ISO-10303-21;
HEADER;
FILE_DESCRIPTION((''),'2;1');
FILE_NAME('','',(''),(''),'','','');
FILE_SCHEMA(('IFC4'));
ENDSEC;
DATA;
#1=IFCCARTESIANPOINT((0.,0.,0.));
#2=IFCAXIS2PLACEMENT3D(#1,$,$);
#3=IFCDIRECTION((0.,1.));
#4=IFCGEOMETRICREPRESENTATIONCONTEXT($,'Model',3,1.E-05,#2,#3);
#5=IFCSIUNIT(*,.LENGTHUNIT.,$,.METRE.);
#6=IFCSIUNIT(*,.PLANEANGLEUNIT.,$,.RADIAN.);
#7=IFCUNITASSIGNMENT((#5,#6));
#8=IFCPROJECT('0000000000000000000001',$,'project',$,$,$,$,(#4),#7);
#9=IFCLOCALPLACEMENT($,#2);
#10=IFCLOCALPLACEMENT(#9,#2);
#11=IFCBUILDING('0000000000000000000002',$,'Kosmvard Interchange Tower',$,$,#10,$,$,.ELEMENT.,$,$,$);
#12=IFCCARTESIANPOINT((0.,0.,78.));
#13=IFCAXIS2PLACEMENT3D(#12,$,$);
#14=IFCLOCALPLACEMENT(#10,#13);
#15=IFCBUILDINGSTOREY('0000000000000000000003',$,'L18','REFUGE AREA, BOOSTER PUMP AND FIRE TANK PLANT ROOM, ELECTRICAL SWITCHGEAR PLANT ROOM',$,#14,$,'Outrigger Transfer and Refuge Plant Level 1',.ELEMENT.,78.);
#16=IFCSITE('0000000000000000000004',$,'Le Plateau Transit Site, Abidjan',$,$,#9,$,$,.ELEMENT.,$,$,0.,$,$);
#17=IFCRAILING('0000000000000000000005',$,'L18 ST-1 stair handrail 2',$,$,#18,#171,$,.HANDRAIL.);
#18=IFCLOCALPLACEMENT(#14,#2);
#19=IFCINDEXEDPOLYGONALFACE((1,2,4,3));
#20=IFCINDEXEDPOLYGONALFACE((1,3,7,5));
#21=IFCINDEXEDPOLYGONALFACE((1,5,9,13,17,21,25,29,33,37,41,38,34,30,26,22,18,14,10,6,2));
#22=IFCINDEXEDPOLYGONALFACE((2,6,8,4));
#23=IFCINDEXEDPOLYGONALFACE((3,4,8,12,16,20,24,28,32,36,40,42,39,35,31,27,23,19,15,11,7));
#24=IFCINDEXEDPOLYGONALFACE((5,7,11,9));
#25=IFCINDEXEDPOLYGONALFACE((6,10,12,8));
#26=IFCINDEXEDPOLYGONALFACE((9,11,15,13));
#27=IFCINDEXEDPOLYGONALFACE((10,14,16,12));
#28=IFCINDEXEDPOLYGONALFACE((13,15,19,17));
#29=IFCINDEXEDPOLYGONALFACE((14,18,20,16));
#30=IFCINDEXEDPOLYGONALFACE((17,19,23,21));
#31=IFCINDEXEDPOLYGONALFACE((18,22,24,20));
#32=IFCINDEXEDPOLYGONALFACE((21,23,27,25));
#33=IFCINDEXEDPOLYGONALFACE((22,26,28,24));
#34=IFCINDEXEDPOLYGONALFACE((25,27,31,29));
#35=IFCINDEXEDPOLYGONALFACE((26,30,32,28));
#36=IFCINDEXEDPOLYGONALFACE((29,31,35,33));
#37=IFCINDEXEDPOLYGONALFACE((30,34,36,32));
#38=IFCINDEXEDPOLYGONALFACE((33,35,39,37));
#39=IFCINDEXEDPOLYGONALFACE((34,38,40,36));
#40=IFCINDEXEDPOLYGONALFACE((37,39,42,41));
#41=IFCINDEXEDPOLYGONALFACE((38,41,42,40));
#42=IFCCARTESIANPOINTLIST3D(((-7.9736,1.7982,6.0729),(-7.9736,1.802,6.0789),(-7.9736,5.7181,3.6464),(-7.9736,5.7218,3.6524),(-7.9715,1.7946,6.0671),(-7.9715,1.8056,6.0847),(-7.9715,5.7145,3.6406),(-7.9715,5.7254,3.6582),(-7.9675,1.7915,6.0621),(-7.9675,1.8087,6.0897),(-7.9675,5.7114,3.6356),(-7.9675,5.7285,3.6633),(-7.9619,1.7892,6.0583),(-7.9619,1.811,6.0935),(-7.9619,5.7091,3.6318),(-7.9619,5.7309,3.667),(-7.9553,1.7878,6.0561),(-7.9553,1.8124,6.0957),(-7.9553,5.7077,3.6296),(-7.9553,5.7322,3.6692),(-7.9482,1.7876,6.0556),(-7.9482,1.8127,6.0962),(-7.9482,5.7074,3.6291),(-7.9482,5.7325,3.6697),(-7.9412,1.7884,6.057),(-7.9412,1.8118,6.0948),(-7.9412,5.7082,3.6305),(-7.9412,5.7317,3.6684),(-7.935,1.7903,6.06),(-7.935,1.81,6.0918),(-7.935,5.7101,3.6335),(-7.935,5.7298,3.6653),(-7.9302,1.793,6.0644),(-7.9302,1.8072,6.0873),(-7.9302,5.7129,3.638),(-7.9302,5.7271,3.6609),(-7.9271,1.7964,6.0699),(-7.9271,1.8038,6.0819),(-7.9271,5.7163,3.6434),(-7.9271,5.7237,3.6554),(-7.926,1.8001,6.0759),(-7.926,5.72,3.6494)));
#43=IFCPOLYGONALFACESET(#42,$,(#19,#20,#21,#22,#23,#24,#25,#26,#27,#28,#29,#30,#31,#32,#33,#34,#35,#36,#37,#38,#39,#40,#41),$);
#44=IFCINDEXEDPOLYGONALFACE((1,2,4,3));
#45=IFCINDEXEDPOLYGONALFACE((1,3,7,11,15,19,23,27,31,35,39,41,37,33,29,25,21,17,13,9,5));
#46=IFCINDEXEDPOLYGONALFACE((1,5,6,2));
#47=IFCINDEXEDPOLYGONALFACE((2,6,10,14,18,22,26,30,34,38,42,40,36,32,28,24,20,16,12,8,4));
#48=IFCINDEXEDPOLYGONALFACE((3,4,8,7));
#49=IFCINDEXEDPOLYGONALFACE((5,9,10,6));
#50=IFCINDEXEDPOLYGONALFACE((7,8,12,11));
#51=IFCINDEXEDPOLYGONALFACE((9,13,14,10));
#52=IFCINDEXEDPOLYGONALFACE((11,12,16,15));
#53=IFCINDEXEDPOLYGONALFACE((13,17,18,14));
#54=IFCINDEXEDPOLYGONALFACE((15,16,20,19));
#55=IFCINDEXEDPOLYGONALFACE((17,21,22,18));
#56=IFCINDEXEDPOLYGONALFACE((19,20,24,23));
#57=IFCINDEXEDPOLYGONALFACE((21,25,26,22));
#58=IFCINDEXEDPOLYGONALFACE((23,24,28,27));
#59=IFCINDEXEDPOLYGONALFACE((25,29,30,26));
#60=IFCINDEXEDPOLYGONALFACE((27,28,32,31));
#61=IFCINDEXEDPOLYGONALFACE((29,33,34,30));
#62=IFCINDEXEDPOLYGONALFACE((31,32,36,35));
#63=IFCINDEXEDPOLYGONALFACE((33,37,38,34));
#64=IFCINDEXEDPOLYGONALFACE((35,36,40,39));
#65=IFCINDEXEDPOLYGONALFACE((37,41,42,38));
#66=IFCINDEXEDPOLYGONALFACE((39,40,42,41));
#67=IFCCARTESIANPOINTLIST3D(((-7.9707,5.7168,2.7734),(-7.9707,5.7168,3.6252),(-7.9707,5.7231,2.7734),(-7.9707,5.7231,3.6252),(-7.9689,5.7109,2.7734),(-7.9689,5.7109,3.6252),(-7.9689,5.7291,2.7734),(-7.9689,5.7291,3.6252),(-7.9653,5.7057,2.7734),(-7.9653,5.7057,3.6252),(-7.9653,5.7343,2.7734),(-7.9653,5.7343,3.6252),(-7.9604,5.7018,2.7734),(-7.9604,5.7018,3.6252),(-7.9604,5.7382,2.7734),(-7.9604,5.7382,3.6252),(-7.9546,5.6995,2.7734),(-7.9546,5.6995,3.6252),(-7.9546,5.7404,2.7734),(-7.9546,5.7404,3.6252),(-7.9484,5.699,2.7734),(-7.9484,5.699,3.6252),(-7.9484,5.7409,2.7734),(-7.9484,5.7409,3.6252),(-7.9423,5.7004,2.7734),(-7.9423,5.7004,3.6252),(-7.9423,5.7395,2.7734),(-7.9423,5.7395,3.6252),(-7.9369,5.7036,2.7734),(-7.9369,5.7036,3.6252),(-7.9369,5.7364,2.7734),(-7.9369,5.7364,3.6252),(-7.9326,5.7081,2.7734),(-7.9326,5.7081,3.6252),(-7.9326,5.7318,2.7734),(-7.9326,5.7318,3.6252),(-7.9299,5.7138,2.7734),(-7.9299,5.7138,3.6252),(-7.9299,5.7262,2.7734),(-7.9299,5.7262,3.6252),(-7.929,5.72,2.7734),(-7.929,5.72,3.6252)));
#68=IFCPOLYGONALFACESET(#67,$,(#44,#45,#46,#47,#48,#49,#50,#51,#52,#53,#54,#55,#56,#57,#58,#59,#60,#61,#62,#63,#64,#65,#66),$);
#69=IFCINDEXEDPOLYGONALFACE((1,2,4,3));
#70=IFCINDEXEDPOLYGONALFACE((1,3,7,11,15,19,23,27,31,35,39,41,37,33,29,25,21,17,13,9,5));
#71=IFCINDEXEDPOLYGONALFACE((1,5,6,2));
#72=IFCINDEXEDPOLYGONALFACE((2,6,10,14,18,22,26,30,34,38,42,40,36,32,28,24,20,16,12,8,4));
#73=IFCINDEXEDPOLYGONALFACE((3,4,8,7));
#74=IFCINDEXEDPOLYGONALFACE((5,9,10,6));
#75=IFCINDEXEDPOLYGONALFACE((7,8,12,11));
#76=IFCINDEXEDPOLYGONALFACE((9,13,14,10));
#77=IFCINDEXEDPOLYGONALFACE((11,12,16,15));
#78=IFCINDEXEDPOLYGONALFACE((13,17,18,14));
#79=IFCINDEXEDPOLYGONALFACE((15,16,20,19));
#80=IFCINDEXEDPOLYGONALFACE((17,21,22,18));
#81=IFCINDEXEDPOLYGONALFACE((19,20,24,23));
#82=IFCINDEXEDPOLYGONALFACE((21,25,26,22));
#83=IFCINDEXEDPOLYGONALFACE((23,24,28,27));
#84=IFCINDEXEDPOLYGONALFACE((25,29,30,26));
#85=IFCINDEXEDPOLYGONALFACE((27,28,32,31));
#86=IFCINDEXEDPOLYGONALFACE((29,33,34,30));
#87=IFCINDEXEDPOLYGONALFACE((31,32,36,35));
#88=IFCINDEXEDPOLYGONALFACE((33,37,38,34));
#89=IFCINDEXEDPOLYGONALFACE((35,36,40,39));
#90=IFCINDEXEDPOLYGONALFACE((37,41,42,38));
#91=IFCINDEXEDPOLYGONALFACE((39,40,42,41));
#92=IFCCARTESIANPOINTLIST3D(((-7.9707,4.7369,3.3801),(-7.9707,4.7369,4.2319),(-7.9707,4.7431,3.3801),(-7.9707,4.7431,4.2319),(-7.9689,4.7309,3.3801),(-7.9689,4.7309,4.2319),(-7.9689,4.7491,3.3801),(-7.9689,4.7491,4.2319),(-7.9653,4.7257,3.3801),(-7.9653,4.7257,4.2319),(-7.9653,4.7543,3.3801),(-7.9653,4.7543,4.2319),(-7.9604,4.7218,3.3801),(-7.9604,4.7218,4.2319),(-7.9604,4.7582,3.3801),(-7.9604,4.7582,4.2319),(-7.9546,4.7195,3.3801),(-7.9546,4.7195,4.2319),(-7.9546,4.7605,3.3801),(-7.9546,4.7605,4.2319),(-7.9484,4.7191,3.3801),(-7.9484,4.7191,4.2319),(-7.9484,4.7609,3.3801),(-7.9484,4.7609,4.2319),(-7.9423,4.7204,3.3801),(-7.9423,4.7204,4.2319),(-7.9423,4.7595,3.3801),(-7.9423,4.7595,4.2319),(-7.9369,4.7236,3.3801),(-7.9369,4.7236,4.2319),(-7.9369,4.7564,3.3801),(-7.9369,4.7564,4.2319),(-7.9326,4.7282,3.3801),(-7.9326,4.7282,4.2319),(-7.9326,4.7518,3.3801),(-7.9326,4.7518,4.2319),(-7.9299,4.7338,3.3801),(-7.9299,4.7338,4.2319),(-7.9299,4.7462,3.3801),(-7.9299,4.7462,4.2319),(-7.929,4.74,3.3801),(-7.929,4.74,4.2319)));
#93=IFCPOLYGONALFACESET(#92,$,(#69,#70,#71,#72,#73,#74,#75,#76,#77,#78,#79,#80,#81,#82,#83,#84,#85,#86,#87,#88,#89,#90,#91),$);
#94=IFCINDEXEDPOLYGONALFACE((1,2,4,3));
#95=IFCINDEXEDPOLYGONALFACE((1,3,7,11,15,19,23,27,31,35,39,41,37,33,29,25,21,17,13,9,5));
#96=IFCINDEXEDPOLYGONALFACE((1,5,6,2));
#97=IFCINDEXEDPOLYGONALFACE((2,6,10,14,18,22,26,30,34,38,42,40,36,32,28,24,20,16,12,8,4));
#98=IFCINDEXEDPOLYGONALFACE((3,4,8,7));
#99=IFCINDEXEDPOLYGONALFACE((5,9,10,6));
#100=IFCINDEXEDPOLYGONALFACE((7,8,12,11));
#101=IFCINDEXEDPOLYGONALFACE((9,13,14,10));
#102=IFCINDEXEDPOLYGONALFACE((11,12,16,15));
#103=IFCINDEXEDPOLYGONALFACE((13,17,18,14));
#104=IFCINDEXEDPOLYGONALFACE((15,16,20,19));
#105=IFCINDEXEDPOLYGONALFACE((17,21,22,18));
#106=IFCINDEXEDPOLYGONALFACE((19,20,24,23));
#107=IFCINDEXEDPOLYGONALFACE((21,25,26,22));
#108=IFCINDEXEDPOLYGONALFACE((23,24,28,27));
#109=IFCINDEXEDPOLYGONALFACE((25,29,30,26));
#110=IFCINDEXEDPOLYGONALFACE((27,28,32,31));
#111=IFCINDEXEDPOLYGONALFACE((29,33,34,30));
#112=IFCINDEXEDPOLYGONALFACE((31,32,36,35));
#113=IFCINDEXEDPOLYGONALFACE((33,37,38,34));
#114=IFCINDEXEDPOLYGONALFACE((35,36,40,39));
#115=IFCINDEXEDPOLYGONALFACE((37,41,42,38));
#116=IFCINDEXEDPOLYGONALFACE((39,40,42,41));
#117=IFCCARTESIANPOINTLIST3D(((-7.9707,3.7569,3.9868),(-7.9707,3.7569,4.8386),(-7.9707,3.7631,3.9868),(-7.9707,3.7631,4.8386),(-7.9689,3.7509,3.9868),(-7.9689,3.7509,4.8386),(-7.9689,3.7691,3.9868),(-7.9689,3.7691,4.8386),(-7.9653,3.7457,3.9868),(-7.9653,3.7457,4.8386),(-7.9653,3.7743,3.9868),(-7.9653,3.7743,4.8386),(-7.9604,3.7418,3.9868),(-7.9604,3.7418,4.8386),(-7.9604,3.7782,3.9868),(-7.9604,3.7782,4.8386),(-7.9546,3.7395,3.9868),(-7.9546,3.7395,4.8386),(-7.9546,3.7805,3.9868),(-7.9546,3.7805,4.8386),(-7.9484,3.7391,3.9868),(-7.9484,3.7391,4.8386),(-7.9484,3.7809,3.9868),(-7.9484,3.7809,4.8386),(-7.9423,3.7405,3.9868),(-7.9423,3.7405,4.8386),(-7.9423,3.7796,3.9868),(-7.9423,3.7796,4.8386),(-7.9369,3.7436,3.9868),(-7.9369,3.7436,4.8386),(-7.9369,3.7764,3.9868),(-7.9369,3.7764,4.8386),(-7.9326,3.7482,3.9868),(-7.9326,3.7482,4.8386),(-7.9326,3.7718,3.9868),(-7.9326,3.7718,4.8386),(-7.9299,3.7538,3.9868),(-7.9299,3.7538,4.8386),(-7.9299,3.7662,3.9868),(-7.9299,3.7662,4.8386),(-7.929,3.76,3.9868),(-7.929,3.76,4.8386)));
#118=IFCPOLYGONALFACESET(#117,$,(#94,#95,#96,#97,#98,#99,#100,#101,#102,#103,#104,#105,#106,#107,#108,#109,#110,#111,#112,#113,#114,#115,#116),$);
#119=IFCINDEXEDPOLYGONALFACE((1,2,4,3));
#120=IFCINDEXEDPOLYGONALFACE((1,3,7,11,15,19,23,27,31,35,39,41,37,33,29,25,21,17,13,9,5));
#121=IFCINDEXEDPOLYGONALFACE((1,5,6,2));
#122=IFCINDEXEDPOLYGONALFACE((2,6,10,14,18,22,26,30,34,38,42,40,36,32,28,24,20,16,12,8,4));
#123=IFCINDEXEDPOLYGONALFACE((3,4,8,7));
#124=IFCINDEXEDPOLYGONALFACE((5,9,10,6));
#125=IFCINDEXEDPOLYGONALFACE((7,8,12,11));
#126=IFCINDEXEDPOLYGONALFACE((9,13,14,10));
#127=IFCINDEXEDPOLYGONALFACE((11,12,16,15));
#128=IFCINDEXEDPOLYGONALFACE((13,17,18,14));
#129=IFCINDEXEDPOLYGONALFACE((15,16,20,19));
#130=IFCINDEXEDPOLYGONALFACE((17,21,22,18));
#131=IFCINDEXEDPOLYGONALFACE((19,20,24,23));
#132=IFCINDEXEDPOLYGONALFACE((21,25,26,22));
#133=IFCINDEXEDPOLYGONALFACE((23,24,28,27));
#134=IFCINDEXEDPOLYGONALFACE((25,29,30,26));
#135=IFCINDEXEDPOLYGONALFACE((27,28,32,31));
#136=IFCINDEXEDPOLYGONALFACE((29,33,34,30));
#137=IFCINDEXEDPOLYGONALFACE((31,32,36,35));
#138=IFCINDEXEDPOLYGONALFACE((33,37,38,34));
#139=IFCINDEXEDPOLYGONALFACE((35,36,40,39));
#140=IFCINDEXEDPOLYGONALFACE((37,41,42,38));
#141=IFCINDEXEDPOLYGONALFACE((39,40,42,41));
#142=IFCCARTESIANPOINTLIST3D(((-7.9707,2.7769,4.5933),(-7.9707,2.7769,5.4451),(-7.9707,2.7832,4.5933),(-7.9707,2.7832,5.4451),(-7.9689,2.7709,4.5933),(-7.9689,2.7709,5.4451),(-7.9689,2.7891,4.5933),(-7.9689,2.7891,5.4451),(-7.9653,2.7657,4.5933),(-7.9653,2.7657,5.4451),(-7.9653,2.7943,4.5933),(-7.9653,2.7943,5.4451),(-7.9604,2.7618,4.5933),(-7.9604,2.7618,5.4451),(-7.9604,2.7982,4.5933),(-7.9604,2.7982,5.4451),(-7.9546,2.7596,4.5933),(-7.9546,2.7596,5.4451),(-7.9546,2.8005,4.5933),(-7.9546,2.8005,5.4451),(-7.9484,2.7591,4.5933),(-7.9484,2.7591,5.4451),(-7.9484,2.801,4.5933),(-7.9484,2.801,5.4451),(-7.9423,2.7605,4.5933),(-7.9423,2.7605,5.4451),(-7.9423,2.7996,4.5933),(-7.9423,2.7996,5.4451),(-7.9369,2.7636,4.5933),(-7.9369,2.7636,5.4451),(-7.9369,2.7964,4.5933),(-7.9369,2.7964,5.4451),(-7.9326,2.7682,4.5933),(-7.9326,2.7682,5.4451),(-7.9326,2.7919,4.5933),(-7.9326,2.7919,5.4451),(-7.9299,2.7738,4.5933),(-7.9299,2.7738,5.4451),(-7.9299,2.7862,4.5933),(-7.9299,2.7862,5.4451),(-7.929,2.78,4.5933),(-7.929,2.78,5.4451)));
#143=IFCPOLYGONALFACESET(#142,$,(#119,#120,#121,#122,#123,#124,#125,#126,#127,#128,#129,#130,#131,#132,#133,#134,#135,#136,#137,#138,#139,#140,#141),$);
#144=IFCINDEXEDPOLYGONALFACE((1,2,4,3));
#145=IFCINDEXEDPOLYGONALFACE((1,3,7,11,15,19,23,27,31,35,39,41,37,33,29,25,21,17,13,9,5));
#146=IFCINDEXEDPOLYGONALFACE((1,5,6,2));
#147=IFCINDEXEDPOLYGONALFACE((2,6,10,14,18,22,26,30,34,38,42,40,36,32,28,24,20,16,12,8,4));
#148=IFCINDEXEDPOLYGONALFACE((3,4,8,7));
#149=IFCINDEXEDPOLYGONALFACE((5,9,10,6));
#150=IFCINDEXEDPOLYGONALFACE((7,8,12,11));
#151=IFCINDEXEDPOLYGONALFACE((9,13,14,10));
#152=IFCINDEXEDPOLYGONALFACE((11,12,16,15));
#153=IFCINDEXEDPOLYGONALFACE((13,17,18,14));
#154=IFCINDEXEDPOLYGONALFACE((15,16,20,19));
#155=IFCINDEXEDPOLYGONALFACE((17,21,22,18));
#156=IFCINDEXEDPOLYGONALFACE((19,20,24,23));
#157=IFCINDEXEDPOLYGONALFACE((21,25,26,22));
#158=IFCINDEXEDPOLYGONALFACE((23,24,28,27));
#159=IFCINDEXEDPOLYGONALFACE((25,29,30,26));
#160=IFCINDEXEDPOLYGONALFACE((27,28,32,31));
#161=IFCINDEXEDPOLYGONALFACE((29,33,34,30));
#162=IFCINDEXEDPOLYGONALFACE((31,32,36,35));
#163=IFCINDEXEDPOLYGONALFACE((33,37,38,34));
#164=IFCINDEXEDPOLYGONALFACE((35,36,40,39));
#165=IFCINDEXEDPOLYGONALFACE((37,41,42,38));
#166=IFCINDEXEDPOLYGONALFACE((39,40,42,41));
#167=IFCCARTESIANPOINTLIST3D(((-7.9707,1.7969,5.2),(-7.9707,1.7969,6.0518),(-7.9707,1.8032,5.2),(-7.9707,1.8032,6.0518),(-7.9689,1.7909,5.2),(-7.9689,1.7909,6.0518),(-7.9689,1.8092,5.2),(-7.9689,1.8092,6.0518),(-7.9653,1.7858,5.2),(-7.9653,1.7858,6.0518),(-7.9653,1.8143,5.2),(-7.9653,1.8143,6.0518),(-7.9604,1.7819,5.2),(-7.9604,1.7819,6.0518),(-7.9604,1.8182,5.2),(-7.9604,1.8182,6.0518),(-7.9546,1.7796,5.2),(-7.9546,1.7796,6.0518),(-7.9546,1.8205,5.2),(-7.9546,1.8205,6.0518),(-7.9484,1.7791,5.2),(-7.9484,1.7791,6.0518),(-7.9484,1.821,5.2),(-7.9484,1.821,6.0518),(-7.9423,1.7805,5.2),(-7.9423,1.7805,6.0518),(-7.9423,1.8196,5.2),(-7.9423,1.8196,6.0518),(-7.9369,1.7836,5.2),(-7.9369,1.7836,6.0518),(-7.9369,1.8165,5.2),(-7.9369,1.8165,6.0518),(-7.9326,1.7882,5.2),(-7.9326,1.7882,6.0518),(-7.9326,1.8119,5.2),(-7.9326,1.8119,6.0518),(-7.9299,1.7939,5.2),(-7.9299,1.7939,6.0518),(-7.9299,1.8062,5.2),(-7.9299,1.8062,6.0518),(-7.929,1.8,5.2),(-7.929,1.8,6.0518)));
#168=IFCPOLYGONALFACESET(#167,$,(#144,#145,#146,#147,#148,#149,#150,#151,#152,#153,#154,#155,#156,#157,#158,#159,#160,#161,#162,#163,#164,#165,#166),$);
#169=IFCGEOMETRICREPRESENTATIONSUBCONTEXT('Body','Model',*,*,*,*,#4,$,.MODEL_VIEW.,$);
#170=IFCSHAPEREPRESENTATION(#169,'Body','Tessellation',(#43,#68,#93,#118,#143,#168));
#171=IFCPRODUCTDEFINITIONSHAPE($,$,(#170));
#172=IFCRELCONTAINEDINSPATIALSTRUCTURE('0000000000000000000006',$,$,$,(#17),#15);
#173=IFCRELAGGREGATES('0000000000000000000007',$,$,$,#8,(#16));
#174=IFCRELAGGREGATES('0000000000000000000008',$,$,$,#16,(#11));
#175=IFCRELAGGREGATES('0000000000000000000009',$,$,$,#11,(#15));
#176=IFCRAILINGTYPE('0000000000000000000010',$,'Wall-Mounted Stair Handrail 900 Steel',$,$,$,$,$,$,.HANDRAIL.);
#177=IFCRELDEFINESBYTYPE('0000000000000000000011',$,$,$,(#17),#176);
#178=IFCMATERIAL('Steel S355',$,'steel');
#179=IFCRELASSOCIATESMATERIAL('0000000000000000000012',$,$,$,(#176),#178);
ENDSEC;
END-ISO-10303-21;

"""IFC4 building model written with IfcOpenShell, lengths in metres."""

from ifc_helpers import new_model, si_unit, direction, frame, origin, origin_2d, place, context, subcontext, project, spatial, circle, extrude, source, transform, mapped, material, type_object, element, save


model = new_model("IFC4")

# Units and contexts
model_context = context("Model", 3, precision=1e-05, world=origin(), true_north=direction((0.0, 1.0)))
body_context = subcontext(model_context, "Body", "Model", "MODEL_VIEW")
ifc_project = project(units=[si_unit("LENGTHUNIT", "METRE"), si_unit("PLANEANGLEUNIT", "RADIAN")], contexts=[model_context])

# Site, building, storey
site_placement = place(None, origin())
site = spatial("IfcSite", under=ifc_project, at=site_placement, Name="Le Plateau Transit Site, Abidjan", CompositionType="ELEMENT", RefElevation=0.0)
building_placement = place(site_placement, origin())
building = spatial("IfcBuilding", under=site, at=building_placement, Name="Kosmvard Interchange Tower", CompositionType="ELEMENT")
storey_placement = place(building_placement, frame((0.0, 0.0, 78.0)))
storey = spatial("IfcBuildingStorey", under=building, at=storey_placement, Name="L18", Description="REFUGE AREA, BOOSTER PUMP AND FIRE TANK PLANT ROOM, ELECTRICAL SWITCHGEAR PLANT ROOM", LongName="Outrigger Transfer and Refuge Plant Level 1", CompositionType="ELEMENT", Elevation=78.0)

# Railing
ifc_material_1 = material(Name="Steel S355", Category="steel")
railing_type_1 = type_object("IfcRailingType", Name="Wall-Mounted Stair Handrail 900 Steel", PredefinedType="HANDRAIL", material=ifc_material_1)
shared_shape_1 = source(origin(), body_context, "Body", "SweptSolid", [
    extrude(circle(Radius=0.0239, at=origin_2d()), frame((0.0, 0.0, 0.876), z_axis=(0.0, -0.850275, 0.526338), x_axis=(1.0, 0.0, 0.0)), (0.0, 0.0, 1.0), 4.6101),
    extrude(circle(Radius=0.021, at=origin_2d()), origin(), (0.0, 0.0, 1.0), 0.8518),
    extrude(circle(Radius=0.021, at=origin_2d()), frame((0.0, -0.98, 0.6067)), (0.0, 0.0, 1.0), 0.8518),
    extrude(circle(Radius=0.021, at=origin_2d()), frame((0.0, -1.96, 1.2134)), (0.0, 0.0, 1.0), 0.8518),
    extrude(circle(Radius=0.021, at=origin_2d()), frame((0.0, -2.9399, 1.8198)), (0.0, 0.0, 1.0), 0.8518),
    extrude(circle(Radius=0.021, at=origin_2d()), frame((0.0, -3.9199, 2.4265)), (0.0, 0.0, 1.0), 0.8518),
])
railing_1_placement = place(storey_placement, frame((-7.95, 5.72, 2.7734)))
element("IfcRailing", 1, at=railing_1_placement, inside=storey, type_object=railing_type_1, Name="L18 ST-1 stair handrail 2", PredefinedType="HANDRAIL", context=body_context, shape_type="MappedRepresentation", body=[
    mapped(shared_shape_1, transform((0.0, 0.0, 0.0), scale=1.0)),
])

save(model, "model.ifc")
